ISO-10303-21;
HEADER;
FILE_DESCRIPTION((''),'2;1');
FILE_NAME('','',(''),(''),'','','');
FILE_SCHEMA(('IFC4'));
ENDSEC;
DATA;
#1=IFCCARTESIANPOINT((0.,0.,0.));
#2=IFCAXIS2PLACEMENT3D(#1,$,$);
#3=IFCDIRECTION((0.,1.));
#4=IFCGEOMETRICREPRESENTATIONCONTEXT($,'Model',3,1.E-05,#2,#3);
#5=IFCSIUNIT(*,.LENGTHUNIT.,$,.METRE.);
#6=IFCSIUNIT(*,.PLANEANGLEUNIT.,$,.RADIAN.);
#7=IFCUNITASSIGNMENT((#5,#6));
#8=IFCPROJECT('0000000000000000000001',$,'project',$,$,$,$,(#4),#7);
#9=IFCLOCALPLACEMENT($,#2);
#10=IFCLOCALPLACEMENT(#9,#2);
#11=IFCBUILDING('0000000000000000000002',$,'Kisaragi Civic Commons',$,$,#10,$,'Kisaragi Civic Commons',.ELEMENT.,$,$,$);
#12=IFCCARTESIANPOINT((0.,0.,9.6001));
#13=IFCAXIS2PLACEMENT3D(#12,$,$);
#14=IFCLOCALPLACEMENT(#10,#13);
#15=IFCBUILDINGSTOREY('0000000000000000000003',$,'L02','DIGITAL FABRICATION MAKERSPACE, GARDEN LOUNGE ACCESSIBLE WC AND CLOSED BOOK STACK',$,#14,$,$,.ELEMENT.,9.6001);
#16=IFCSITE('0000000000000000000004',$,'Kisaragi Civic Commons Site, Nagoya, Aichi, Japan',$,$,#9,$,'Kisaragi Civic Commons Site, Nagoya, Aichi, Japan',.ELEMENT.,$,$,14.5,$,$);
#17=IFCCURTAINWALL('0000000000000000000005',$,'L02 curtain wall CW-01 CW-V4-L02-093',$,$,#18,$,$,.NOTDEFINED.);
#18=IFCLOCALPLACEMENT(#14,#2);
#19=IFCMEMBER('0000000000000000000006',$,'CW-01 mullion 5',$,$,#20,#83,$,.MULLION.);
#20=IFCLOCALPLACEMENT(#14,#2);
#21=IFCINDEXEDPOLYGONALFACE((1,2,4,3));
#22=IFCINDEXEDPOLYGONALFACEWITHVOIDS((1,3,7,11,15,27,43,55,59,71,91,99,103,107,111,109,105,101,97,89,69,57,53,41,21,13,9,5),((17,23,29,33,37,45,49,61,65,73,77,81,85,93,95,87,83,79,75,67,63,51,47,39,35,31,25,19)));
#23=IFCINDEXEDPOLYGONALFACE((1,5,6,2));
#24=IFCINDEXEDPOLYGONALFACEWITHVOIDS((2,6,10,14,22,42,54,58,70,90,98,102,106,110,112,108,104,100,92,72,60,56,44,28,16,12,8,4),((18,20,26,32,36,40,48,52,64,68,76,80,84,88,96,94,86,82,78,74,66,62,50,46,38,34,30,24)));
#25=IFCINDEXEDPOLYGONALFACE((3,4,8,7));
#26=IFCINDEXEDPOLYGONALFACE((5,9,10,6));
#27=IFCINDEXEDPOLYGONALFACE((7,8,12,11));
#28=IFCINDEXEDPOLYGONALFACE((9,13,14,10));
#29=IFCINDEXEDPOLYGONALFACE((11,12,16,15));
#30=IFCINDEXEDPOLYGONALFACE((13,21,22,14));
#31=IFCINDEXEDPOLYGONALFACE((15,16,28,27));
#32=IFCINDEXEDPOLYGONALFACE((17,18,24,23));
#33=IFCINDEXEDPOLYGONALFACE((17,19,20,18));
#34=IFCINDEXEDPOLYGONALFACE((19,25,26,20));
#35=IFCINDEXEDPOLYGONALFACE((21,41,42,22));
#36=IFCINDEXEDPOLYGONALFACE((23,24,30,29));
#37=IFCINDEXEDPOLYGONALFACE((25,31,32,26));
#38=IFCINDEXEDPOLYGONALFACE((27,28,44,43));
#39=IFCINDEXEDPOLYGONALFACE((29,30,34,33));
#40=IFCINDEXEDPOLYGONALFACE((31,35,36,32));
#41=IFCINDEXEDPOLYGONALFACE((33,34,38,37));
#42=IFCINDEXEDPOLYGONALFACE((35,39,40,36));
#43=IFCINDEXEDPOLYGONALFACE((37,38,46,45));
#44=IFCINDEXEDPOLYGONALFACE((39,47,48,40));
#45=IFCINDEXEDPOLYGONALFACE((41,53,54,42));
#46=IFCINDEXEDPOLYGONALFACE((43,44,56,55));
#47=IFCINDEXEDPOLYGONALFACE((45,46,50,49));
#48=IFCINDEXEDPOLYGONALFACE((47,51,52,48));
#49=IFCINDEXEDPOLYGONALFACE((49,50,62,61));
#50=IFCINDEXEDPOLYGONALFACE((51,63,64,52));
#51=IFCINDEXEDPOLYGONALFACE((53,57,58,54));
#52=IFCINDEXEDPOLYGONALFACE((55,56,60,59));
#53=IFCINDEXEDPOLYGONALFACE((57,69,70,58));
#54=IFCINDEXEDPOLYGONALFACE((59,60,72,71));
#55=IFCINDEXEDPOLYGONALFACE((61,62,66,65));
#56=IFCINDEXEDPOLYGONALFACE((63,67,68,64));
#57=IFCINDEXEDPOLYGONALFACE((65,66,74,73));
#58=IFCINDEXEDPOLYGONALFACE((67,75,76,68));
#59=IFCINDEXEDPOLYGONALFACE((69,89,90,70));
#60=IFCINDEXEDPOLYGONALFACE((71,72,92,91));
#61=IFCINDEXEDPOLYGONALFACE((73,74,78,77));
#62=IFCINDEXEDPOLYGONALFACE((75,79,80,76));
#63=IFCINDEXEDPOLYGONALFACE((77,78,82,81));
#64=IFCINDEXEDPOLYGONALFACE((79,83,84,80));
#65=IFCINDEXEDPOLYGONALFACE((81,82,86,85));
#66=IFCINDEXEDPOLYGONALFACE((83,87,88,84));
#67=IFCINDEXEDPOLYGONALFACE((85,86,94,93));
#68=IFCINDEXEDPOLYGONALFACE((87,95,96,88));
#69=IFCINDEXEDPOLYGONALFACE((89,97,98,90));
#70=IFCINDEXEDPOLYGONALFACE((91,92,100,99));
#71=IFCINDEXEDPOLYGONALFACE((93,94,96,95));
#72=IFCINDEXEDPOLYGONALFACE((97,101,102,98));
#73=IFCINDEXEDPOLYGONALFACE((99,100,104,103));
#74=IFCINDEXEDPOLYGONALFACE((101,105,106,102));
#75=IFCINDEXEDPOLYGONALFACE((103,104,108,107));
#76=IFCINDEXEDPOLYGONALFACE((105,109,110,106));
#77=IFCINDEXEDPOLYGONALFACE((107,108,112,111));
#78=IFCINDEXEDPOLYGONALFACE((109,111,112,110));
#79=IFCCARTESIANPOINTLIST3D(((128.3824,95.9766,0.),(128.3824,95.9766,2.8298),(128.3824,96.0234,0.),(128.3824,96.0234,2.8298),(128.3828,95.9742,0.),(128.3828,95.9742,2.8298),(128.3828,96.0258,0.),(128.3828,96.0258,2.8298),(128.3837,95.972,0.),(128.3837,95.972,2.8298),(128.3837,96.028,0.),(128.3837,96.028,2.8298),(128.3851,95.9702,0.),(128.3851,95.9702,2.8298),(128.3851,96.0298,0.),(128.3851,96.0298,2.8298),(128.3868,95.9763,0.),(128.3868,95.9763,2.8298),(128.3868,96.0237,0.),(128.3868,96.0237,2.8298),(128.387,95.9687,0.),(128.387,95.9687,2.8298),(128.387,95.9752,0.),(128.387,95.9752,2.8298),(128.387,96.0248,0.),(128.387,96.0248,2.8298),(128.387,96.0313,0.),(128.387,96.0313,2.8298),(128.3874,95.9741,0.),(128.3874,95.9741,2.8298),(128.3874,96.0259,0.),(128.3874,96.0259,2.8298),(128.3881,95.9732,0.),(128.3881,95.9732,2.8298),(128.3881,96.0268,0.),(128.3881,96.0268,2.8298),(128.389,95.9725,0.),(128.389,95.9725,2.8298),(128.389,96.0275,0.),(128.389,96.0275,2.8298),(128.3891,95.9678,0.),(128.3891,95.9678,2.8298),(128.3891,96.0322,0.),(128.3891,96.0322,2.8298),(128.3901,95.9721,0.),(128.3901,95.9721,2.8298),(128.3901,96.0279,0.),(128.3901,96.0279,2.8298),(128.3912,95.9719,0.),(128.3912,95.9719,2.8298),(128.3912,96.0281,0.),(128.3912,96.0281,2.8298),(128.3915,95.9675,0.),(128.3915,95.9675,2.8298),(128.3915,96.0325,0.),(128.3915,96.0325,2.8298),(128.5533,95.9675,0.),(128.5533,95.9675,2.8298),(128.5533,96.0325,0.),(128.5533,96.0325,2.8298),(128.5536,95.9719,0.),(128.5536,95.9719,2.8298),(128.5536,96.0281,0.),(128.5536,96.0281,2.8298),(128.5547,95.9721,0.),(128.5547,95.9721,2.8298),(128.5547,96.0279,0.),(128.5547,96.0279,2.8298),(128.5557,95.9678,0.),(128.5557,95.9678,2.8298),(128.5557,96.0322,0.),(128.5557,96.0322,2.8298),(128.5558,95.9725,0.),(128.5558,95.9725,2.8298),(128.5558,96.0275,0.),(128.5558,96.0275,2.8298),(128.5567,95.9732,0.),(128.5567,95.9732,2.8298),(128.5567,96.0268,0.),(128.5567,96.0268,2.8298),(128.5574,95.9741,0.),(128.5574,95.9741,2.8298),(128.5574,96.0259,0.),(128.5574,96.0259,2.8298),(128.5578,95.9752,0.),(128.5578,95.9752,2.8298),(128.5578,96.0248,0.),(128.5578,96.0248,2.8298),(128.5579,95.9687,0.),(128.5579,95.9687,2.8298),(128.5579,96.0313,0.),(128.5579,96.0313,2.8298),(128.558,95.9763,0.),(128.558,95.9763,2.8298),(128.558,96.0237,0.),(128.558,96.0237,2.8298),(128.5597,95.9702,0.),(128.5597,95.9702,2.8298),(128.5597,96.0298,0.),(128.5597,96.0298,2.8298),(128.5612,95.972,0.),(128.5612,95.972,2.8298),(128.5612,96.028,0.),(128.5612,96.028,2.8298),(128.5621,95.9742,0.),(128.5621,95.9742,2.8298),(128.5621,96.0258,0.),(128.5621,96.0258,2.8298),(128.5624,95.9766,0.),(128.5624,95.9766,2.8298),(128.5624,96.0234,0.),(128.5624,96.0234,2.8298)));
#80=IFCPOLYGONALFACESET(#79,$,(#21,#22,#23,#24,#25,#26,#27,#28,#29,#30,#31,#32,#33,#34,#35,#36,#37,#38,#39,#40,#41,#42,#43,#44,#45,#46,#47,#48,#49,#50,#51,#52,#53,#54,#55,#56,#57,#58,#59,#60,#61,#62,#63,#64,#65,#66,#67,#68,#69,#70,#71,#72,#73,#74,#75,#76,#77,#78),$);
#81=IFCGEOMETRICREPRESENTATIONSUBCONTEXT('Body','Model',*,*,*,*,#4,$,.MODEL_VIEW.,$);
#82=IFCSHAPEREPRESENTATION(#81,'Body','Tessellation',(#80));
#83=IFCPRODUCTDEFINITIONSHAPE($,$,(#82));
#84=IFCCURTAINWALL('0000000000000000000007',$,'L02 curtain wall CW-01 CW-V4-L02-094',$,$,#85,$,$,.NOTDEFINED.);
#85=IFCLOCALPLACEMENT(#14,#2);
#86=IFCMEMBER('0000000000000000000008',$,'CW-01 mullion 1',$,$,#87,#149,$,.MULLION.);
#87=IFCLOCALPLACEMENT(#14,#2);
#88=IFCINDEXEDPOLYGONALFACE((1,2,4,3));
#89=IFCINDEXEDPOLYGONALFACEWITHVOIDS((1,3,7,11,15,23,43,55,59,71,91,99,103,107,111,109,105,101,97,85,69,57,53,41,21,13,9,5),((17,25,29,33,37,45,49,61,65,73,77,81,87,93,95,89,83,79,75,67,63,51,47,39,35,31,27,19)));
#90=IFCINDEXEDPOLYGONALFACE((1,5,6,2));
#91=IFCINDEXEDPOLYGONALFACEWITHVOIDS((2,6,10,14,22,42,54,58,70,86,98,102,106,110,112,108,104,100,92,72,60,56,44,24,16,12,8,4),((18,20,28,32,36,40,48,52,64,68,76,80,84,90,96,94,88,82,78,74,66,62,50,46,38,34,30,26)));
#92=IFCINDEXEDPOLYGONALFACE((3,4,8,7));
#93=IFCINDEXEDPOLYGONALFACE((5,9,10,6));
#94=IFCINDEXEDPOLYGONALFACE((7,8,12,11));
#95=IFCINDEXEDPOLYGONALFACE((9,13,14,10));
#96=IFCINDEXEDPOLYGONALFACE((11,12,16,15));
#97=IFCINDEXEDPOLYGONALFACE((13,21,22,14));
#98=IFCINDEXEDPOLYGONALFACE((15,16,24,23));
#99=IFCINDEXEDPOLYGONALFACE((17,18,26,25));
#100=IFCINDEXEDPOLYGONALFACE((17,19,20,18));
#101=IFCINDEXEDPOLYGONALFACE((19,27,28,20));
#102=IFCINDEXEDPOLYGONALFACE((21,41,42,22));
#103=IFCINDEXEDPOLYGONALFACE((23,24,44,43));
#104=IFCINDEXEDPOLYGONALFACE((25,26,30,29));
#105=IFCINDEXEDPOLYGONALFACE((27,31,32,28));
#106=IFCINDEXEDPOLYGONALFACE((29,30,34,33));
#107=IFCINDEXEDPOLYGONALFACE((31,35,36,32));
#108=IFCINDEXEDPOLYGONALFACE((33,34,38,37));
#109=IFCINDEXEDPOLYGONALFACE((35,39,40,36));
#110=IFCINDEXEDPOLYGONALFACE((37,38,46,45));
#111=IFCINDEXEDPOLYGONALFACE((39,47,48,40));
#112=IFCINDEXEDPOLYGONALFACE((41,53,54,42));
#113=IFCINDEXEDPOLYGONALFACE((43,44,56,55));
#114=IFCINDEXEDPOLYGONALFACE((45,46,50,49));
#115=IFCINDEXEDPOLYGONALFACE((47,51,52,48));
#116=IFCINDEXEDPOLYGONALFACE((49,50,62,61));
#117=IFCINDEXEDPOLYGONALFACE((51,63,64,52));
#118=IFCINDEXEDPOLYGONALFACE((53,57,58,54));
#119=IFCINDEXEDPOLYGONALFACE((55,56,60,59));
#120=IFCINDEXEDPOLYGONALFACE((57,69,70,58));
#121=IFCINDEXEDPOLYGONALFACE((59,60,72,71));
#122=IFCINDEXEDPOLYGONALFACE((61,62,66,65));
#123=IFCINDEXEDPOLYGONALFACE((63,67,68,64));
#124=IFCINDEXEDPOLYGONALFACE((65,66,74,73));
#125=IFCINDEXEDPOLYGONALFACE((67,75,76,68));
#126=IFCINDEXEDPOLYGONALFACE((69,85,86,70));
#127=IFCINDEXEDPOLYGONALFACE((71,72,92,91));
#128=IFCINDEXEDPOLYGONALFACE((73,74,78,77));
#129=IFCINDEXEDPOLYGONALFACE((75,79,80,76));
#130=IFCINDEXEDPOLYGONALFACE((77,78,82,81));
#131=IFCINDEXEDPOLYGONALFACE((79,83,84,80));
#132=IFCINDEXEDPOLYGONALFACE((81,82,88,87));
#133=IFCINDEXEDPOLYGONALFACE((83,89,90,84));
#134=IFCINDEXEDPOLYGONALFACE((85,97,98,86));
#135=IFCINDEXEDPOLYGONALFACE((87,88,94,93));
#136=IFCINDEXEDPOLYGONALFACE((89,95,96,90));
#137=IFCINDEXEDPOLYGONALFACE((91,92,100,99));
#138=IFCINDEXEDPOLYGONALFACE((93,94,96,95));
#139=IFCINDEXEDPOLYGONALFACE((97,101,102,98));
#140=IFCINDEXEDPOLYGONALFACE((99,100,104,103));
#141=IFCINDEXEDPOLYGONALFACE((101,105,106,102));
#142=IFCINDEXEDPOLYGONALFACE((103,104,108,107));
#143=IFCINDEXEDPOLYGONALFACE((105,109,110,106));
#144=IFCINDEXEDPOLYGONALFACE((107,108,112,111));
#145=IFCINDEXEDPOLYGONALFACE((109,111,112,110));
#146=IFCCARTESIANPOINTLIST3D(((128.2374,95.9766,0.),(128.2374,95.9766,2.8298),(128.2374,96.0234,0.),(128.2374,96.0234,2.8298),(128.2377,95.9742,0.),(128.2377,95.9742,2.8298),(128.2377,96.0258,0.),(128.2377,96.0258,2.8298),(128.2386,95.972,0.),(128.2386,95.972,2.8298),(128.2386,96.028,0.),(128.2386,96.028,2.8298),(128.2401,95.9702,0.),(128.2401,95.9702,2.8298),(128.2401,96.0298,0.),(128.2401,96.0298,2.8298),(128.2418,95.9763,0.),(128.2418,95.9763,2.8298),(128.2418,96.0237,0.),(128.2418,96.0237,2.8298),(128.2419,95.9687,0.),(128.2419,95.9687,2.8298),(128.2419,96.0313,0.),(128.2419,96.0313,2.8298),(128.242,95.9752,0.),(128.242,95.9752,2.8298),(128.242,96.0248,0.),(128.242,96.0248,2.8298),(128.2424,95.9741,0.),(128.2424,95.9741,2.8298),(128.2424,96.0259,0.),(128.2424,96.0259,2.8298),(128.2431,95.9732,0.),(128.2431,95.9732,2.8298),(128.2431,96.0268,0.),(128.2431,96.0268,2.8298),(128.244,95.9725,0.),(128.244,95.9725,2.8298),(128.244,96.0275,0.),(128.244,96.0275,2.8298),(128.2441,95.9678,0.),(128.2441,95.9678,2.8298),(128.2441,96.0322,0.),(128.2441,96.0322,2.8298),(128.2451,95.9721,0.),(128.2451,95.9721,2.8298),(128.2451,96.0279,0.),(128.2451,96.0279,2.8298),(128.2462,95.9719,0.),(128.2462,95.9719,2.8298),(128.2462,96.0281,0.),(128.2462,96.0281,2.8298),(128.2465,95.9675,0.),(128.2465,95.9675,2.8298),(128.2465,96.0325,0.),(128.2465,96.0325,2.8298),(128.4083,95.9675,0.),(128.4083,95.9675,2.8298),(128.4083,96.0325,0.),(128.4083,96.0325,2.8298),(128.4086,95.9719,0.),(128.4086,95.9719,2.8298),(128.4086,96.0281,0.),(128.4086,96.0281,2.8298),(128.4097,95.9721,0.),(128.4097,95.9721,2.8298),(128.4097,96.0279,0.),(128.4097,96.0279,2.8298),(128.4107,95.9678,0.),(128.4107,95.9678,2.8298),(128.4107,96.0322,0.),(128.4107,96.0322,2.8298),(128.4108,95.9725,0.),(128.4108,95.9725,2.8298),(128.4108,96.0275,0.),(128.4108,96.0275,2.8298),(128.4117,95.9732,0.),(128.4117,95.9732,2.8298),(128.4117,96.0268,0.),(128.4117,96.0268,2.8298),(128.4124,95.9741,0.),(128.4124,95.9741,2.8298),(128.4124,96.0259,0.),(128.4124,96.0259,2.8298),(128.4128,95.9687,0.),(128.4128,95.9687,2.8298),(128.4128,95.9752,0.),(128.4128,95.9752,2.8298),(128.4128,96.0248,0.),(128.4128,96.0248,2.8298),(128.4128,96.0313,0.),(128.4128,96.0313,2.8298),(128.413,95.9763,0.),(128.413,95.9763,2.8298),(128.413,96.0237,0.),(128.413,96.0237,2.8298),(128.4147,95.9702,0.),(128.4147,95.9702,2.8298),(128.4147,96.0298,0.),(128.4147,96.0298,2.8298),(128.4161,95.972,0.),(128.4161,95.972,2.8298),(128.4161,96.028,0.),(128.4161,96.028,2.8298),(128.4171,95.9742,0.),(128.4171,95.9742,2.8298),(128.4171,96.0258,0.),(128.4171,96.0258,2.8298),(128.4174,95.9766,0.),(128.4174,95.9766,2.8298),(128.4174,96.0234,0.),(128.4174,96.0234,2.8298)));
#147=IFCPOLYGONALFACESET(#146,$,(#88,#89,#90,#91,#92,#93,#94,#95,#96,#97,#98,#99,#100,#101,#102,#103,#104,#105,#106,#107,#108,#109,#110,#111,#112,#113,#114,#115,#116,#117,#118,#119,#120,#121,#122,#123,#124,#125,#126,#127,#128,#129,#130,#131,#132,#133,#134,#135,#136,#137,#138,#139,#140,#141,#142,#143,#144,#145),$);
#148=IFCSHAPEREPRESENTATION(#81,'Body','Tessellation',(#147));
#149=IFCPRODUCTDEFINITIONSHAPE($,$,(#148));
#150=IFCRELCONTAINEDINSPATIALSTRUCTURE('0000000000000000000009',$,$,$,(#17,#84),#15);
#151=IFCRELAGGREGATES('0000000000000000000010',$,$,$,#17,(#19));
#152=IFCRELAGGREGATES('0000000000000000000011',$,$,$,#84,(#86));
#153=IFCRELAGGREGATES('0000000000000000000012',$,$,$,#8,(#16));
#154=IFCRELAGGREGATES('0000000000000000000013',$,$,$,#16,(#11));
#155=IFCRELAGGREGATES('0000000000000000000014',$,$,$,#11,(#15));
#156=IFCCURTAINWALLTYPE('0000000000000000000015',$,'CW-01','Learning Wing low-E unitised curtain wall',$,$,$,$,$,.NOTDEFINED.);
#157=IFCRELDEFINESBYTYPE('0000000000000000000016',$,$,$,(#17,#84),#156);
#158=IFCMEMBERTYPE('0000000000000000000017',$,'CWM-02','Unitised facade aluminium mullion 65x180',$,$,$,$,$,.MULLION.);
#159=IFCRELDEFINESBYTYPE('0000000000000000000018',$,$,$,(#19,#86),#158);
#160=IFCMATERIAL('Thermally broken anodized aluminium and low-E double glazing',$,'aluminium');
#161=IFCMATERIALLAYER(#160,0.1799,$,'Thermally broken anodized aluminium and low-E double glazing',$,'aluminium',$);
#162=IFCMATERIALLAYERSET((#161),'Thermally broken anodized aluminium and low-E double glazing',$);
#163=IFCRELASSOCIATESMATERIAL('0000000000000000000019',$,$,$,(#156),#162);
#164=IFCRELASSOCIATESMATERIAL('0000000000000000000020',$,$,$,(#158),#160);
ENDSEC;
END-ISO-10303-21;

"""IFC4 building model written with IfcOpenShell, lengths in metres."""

from ifc_helpers import new_model, si_unit, direction, frame, origin, origin_2d, place, context, subcontext, project, spatial, hollow_rectangle, extrude, material, layer, layer_set, material_profile, profile_set, type_object, element, aggregate, save


model = new_model("IFC4")

# Units and contexts
model_context = context("Model", 3, precision=1e-05, world=origin(), true_north=direction((0.0, 1.0)))
body_context = subcontext(model_context, "Body", "Model", "MODEL_VIEW")
ifc_project = project(units=[si_unit("LENGTHUNIT", "METRE"), si_unit("PLANEANGLEUNIT", "RADIAN")], contexts=[model_context])

# Site, building, storey
site_placement = place(None, origin())
site = spatial("IfcSite", under=ifc_project, at=site_placement, Name="Kisaragi Civic Commons Site, Nagoya, Aichi, Japan", LongName="Kisaragi Civic Commons Site, Nagoya, Aichi, Japan", CompositionType="ELEMENT", RefElevation=14.5)
building_placement = place(site_placement, origin())
building = spatial("IfcBuilding", under=site, at=building_placement, Name="Kisaragi Civic Commons", LongName="Kisaragi Civic Commons", CompositionType="ELEMENT")
storey_placement = place(building_placement, frame((0.0, 0.0, 9.6001)))
storey = spatial("IfcBuildingStorey", under=building, at=storey_placement, Name="L02", Description="DIGITAL FABRICATION MAKERSPACE, GARDEN LOUNGE ACCESSIBLE WC AND CLOSED BOOK STACK", CompositionType="ELEMENT", Elevation=9.6001)

# Curtain walls, members
ifc_material = material(Name="Thermally broken anodized aluminium and low-E double glazing", Category="aluminium")
ifc_layer_1 = layer(ifc_material, 0.1799, Name="Thermally broken anodized aluminium and low-E double glazing", Category="aluminium")
ifc_layer_set_1 = layer_set([ifc_layer_1], Name="Thermally broken anodized aluminium and low-E double glazing")
curtain_wall_type = type_object("IfcCurtainWallType", Name="CW-01", Description="Learning Wing low-E unitised curtain wall", PredefinedType="NOTDEFINED", material=ifc_layer_set_1)
curtain_wall_1_placement = place(storey_placement, origin())
curtain_wall_1 = element("IfcCurtainWall", 1, at=curtain_wall_1_placement, inside=storey, type_object=curtain_wall_type, Name="L02 curtain wall CW-01 CW-V4-L02-093", PredefinedType="NOTDEFINED")
ifc_material_profile_1 = material_profile(ifc_material, hollow_rectangle(XDim=0.0649, YDim=0.1799, WallThickness=0.0044, InnerFilletRadius=0.0044, OuterFilletRadius=0.009, at=origin_2d()), Name="CWM-65x180x4.5", Category="aluminium")
ifc_profile_set_1 = profile_set([ifc_material_profile_1], Name="Thermally broken anodized aluminium and low-E double glazing")
member_type_1 = type_object("IfcMemberType", Name="CWM-02", Description="Unitised facade aluminium mullion 65x180", PredefinedType="MULLION", material=ifc_profile_set_1)
member_1_placement = place(storey_placement, frame((128.4724, 96.0, 0.0), z_axis=(0.0, 0.0, 1.0), x_axis=(0.0, -1.0, 0.0)))
member_1 = element("IfcMember", 2, at=member_1_placement, type_object=member_type_1, Name="CW-01 mullion 5", PredefinedType="MULLION", context=body_context, shape_type="SweptSolid", body=[
    extrude(hollow_rectangle(XDim=0.0649, YDim=0.1799, WallThickness=0.0044, InnerFilletRadius=0.0044, OuterFilletRadius=0.009, at=origin_2d()), origin(), (0.0, 0.0, 1.0), 2.8298),
])
curtain_wall_2_placement = place(storey_placement, origin())
curtain_wall_2 = element("IfcCurtainWall", 3, at=curtain_wall_2_placement, inside=storey, type_object=curtain_wall_type, Name="L02 curtain wall CW-01 CW-V4-L02-094", PredefinedType="NOTDEFINED")
member_2_placement = place(storey_placement, frame((128.3274, 96.0, 0.0), z_axis=(0.0, 0.0, 1.0), x_axis=(0.0, -1.0, 0.0)))
member_2 = element("IfcMember", 4, at=member_2_placement, type_object=member_type_1, Name="CW-01 mullion 1", PredefinedType="MULLION", context=body_context, shape_type="SweptSolid", body=[
    extrude(hollow_rectangle(XDim=0.0649, YDim=0.1799, WallThickness=0.0044, InnerFilletRadius=0.0044, OuterFilletRadius=0.009, at=origin_2d()), origin(), (0.0, 0.0, 1.0), 2.8298),
])

aggregate(curtain_wall_1, [member_1])
aggregate(curtain_wall_2, [member_2])

save(model, "model.ifc")
